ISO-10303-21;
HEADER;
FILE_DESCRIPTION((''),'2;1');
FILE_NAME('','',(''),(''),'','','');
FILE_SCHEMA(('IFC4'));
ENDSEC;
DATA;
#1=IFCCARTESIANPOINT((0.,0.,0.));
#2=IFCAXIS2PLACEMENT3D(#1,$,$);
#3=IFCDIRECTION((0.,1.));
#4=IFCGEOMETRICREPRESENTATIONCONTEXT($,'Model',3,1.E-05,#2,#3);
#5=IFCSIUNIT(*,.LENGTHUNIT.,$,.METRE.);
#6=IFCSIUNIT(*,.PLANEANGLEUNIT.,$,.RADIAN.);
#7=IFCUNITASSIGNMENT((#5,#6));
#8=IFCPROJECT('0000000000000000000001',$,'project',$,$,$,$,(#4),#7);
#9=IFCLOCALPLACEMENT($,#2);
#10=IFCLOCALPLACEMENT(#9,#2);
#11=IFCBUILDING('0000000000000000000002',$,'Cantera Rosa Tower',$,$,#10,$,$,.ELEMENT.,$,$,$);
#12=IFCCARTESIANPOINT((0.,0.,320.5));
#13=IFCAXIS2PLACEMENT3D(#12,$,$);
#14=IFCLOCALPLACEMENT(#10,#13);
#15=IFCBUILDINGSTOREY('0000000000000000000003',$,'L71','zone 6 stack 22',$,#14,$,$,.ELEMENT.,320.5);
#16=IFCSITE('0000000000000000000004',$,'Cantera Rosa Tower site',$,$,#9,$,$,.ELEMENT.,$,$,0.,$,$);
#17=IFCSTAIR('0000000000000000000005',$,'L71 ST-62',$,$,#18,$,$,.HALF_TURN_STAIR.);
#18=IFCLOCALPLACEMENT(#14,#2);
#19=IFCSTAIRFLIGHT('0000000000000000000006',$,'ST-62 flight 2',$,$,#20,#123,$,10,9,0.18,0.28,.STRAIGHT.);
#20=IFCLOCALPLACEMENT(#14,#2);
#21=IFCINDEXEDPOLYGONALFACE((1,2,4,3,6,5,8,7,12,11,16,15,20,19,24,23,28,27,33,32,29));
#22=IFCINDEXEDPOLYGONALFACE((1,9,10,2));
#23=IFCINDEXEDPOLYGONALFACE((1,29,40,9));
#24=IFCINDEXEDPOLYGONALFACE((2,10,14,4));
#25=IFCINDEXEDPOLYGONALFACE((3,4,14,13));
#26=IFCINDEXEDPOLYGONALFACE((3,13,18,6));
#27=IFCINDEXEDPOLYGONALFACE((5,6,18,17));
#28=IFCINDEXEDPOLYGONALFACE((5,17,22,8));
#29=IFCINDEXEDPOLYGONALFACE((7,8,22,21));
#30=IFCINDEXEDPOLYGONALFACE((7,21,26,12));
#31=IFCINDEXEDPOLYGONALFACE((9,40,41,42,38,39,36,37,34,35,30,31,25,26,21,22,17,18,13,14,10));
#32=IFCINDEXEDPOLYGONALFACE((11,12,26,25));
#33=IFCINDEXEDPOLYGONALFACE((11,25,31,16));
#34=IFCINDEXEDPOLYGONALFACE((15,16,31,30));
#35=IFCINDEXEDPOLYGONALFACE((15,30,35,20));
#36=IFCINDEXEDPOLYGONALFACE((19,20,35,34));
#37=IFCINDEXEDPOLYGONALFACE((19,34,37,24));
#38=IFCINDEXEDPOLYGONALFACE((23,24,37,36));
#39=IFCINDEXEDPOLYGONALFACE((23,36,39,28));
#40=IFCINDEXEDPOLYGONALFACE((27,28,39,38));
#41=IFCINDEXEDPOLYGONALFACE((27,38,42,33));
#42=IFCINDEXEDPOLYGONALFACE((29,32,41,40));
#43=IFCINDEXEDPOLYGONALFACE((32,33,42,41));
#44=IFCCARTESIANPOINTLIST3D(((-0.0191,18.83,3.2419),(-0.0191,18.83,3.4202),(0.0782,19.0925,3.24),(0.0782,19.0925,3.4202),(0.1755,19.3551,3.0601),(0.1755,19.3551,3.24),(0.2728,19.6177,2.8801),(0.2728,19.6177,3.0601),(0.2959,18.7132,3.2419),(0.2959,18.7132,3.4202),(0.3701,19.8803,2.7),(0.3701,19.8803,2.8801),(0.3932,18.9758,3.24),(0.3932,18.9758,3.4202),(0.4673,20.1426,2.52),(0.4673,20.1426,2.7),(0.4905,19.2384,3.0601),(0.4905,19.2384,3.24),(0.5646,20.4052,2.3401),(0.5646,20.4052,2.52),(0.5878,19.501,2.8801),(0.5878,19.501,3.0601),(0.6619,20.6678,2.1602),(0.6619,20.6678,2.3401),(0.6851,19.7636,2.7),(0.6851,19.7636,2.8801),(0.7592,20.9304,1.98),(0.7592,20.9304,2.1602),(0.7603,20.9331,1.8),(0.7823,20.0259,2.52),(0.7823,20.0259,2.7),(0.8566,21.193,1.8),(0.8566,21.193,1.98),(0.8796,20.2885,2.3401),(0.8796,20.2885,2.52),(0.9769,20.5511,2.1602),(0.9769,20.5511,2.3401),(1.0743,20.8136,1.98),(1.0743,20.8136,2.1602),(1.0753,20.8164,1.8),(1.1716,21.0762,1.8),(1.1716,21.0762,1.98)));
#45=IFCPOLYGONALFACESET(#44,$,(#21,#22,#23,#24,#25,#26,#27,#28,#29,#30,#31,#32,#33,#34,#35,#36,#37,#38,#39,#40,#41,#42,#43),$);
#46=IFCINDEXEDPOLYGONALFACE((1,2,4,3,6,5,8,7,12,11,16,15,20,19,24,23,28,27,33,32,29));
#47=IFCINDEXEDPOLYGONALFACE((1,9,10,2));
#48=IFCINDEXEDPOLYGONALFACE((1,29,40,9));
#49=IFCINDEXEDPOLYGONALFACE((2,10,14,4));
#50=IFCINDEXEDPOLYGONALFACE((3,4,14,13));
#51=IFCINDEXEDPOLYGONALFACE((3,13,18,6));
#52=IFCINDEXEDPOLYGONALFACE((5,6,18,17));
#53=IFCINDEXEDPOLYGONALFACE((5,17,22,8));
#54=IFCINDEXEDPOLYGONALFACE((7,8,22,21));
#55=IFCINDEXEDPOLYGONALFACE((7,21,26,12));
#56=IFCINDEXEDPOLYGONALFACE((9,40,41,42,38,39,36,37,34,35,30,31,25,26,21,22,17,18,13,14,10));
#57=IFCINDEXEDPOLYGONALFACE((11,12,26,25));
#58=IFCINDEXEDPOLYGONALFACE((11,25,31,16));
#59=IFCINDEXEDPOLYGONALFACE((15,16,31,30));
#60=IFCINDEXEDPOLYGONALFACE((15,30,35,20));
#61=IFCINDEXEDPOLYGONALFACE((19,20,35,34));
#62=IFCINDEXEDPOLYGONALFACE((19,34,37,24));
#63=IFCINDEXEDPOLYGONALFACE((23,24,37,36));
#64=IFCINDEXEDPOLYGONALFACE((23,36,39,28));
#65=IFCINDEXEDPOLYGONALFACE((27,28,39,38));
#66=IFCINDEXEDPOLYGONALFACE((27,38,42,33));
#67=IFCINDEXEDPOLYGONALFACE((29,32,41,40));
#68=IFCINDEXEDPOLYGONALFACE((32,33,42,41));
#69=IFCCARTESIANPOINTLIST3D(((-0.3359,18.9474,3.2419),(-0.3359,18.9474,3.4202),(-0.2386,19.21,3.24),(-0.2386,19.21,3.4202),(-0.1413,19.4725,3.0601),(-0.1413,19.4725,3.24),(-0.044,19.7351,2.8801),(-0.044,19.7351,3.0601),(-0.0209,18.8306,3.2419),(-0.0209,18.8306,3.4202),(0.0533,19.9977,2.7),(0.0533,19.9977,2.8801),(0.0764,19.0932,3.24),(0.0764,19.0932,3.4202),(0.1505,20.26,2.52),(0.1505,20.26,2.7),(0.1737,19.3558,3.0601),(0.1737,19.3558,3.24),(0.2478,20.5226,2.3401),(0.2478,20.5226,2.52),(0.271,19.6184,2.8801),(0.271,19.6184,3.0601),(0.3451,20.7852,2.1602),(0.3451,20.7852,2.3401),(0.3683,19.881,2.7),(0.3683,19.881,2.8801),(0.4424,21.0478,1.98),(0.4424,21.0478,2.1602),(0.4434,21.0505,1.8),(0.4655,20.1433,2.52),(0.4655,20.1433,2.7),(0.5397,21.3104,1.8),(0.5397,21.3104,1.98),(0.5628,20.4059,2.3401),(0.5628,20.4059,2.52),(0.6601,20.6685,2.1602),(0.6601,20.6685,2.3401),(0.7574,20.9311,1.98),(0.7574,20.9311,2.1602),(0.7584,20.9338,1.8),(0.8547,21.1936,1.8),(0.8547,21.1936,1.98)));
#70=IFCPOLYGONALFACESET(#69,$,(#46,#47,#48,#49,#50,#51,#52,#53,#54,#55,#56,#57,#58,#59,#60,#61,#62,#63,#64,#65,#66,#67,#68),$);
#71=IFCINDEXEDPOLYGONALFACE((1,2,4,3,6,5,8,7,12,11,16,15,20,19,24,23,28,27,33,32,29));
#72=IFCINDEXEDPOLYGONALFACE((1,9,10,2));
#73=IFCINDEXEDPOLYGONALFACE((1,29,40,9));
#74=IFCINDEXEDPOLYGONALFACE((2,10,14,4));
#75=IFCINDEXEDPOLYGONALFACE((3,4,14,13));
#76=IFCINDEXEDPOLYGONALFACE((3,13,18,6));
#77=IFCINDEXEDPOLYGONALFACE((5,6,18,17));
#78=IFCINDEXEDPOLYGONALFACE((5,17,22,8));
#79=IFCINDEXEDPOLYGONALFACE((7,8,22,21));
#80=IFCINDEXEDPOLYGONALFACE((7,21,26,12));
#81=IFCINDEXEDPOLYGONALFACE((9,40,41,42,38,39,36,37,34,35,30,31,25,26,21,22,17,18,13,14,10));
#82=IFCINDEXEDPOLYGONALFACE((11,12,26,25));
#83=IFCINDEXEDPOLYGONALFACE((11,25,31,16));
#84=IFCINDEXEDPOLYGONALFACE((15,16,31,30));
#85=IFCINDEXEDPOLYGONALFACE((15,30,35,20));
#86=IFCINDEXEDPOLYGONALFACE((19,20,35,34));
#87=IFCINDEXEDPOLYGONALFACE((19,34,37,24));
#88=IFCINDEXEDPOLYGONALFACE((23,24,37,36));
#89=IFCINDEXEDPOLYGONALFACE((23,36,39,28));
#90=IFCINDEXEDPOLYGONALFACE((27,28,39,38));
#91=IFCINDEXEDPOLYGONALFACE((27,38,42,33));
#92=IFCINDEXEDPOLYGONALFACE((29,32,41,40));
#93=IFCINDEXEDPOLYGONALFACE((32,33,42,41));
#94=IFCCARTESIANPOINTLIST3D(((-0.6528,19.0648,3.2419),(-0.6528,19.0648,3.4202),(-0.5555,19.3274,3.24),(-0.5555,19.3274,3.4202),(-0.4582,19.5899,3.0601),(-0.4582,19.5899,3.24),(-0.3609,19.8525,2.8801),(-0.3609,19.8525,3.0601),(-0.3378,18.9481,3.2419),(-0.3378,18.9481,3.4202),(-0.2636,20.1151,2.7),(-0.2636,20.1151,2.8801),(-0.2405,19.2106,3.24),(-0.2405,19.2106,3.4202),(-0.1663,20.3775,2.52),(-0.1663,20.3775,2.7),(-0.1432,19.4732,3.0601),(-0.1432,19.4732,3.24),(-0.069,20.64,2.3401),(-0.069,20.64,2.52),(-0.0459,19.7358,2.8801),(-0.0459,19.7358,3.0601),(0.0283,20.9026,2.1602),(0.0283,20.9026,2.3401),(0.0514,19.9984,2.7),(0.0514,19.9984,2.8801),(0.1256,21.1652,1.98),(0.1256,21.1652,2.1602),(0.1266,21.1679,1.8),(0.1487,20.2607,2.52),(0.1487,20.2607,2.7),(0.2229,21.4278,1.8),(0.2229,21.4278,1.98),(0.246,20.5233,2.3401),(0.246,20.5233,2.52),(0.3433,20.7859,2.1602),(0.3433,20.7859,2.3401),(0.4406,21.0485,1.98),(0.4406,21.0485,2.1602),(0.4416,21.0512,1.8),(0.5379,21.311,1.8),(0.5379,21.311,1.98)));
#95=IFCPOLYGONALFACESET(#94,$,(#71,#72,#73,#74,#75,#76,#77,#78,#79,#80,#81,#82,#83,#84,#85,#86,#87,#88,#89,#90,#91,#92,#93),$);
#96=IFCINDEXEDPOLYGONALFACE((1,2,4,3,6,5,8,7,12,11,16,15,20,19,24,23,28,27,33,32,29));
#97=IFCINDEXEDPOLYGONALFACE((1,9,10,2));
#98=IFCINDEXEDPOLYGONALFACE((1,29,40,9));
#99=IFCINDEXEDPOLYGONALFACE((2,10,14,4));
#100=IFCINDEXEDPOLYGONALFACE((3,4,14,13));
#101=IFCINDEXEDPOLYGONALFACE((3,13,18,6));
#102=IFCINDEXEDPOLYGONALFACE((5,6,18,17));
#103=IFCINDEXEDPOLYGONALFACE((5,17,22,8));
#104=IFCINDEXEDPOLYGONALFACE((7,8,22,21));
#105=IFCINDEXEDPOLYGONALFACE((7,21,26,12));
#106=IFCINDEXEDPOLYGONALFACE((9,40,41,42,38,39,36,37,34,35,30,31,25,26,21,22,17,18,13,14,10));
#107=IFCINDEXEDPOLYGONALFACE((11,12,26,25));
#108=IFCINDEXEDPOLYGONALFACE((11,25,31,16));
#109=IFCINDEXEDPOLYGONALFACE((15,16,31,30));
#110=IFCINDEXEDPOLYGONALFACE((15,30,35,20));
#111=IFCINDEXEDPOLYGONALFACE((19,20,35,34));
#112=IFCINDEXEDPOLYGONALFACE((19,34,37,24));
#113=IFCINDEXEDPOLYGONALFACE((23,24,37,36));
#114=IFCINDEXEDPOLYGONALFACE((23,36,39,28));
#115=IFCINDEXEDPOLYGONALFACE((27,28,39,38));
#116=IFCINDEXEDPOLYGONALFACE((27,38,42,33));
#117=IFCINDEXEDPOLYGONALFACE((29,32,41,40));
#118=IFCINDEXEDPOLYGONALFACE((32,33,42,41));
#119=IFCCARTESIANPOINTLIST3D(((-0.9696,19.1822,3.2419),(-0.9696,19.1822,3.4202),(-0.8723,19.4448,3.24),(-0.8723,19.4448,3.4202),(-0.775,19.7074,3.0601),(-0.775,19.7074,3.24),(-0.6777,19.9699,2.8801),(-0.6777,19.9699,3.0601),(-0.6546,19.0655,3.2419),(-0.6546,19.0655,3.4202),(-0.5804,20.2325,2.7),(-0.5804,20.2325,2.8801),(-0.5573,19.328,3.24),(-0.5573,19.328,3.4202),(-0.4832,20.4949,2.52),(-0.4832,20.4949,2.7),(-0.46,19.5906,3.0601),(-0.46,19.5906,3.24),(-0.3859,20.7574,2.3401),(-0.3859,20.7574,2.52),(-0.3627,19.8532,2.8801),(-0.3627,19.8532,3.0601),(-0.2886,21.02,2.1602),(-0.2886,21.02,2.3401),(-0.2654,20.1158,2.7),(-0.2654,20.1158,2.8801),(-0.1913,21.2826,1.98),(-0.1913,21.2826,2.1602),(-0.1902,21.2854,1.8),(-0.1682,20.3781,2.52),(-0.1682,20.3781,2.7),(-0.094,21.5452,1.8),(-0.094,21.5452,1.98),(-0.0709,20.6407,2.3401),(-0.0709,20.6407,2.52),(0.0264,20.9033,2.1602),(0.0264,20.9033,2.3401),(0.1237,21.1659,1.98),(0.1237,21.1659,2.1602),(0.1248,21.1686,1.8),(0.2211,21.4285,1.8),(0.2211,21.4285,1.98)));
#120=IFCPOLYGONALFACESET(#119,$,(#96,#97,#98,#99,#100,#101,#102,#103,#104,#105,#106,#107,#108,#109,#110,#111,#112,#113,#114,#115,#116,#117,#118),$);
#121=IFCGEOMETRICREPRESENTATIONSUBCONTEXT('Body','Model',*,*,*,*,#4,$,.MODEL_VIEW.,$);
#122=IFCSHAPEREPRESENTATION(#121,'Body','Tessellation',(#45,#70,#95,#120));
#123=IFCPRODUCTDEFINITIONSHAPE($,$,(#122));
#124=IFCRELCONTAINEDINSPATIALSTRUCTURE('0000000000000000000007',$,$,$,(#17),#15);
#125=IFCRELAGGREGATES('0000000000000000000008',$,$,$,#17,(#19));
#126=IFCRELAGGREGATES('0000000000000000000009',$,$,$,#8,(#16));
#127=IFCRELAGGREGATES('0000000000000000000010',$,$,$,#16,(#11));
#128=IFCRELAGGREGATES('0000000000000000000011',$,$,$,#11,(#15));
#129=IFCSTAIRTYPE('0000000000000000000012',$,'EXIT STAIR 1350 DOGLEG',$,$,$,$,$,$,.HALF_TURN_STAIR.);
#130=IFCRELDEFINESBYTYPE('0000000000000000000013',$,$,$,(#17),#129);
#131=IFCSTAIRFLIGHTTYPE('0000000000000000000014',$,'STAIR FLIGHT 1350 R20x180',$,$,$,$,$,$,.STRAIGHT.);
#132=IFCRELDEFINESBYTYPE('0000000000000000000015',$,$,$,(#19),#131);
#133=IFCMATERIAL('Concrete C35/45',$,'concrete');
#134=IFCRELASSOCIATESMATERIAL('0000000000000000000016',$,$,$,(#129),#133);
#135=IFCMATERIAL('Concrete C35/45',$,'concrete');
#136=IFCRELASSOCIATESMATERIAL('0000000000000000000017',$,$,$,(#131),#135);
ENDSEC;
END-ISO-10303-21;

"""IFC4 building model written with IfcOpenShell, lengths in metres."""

from ifc_helpers import new_model, si_unit, direction, frame, origin, place, context, subcontext, project, spatial, polyline, outline, extrude, material, type_object, element, aggregate, save


model = new_model("IFC4")

# Units and contexts
model_context = context("Model", 3, precision=1e-05, world=origin(), true_north=direction((0.0, 1.0)))
body_context = subcontext(model_context, "Body", "Model", "MODEL_VIEW")
ifc_project = project(units=[si_unit("LENGTHUNIT", "METRE"), si_unit("PLANEANGLEUNIT", "RADIAN")], contexts=[model_context])

# Site, building, storey
site_placement = place(None, origin())
site = spatial("IfcSite", under=ifc_project, at=site_placement, Name="Cantera Rosa Tower site", CompositionType="ELEMENT", RefElevation=0.0)
building_placement = place(site_placement, origin())
building = spatial("IfcBuilding", under=site, at=building_placement, Name="Cantera Rosa Tower", CompositionType="ELEMENT")
storey_placement = place(building_placement, frame((0.0, 0.0, 320.5)))
storey = spatial("IfcBuildingStorey", under=building, at=storey_placement, Name="L71", Description="zone 6 stack 22", CompositionType="ELEMENT", Elevation=320.5)

# Stair, stair flight
ifc_material_1 = material(Name="Concrete C35/45", Category="concrete")
stair_type = type_object("IfcStairType", Name="EXIT STAIR 1350 DOGLEG", PredefinedType="HALF_TURN_STAIR", material=ifc_material_1)
stair_placement = place(storey_placement, origin())
stair = element("IfcStair", 1, at=stair_placement, inside=storey, type_object=stair_type, Name="L71 ST-62", PredefinedType="HALF_TURN_STAIR")
ifc_material_2 = material(Name="Concrete C35/45", Category="concrete")
stair_flight_type = type_object("IfcStairFlightType", Name="STAIR FLIGHT 1350 R20x180", PredefinedType="STRAIGHT", material=ifc_material_2)
stair_flight_placement = place(storey_placement, frame((0.5386, 21.3108, 1.8), z_axis=(0.0, 0.0, 1.0), x_axis=(-0.347481, -0.937687, 0.0)))
stair_flight = element("IfcStairFlight", 2, at=stair_flight_placement, type_object=stair_flight_type, Name="ST-62 flight 2", NumberOfRisers=10, NumberOfTreads=9, PredefinedType="STRAIGHT", RiserHeight=0.18, TreadLength=0.28, context=body_context, shape_type="SweptSolid", body=[
    extrude(outline(polyline([(0.0, 0.0), (0.0, 0.1799), (0.28, 0.1799), (0.28, 0.3601), (0.5601, 0.3601), (0.5601, 0.54), (0.8401, 0.54), (0.8401, 0.72), (1.1201, 0.72), (1.1201, 0.8999), (1.3999, 0.8999), (1.3999, 1.0801), (1.6799, 1.0801), (1.6799, 1.26), (1.96, 1.26), (1.96, 1.4399), (2.24, 1.4399), (2.24, 1.6201), (2.52, 1.6201), (2.52, 1.8), (2.52, 1.4419), (0.2771, 0.0), (0.0, 0.0)])), frame((0.0, 0.675, 0.0), z_axis=(0.0, -1.0, 0.0), x_axis=(1.0, 0.0, 0.0)), (0.0, 0.0, 1.0), 0.3359),
    extrude(outline(polyline([(0.0, 0.0), (0.0, 0.1799), (0.28, 0.1799), (0.28, 0.3601), (0.5601, 0.3601), (0.5601, 0.54), (0.8401, 0.54), (0.8401, 0.72), (1.1201, 0.72), (1.1201, 0.8999), (1.3999, 0.8999), (1.3999, 1.0801), (1.6799, 1.0801), (1.6799, 1.26), (1.96, 1.26), (1.96, 1.4399), (2.24, 1.4399), (2.24, 1.6201), (2.52, 1.6201), (2.52, 1.8), (2.52, 1.4419), (0.2771, 0.0), (0.0, 0.0)])), frame((0.0, 0.3372, 0.0), z_axis=(0.0, -1.0, 0.0), x_axis=(1.0, 0.0, 0.0)), (0.0, 0.0, 1.0), 0.3359),
    extrude(outline(polyline([(0.0, 0.0), (0.0, 0.1799), (0.28, 0.1799), (0.28, 0.3601), (0.5601, 0.3601), (0.5601, 0.54), (0.8401, 0.54), (0.8401, 0.72), (1.1201, 0.72), (1.1201, 0.8999), (1.3999, 0.8999), (1.3999, 1.0801), (1.6799, 1.0801), (1.6799, 1.26), (1.96, 1.26), (1.96, 1.4399), (2.24, 1.4399), (2.24, 1.6201), (2.52, 1.6201), (2.52, 1.8), (2.52, 1.4419), (0.2771, 0.0), (0.0, 0.0)])), frame((0.0, -0.0007, 0.0), z_axis=(0.0, -1.0, 0.0), x_axis=(1.0, 0.0, 0.0)), (0.0, 0.0, 1.0), 0.3359),
    extrude(outline(polyline([(0.0, 0.0), (0.0, 0.1799), (0.28, 0.1799), (0.28, 0.3601), (0.5601, 0.3601), (0.5601, 0.54), (0.8401, 0.54), (0.8401, 0.72), (1.1201, 0.72), (1.1201, 0.8999), (1.3999, 0.8999), (1.3999, 1.0801), (1.6799, 1.0801), (1.6799, 1.26), (1.96, 1.26), (1.96, 1.4399), (2.24, 1.4399), (2.24, 1.6201), (2.52, 1.6201), (2.52, 1.8), (2.52, 1.4419), (0.2771, 0.0), (0.0, 0.0)])), frame((0.0, -0.3386, 0.0), z_axis=(0.0, -1.0, 0.0), x_axis=(1.0, 0.0, 0.0)), (0.0, 0.0, 1.0), 0.3359),
])
aggregate(stair, [stair_flight])

save(model, "model.ifc")
